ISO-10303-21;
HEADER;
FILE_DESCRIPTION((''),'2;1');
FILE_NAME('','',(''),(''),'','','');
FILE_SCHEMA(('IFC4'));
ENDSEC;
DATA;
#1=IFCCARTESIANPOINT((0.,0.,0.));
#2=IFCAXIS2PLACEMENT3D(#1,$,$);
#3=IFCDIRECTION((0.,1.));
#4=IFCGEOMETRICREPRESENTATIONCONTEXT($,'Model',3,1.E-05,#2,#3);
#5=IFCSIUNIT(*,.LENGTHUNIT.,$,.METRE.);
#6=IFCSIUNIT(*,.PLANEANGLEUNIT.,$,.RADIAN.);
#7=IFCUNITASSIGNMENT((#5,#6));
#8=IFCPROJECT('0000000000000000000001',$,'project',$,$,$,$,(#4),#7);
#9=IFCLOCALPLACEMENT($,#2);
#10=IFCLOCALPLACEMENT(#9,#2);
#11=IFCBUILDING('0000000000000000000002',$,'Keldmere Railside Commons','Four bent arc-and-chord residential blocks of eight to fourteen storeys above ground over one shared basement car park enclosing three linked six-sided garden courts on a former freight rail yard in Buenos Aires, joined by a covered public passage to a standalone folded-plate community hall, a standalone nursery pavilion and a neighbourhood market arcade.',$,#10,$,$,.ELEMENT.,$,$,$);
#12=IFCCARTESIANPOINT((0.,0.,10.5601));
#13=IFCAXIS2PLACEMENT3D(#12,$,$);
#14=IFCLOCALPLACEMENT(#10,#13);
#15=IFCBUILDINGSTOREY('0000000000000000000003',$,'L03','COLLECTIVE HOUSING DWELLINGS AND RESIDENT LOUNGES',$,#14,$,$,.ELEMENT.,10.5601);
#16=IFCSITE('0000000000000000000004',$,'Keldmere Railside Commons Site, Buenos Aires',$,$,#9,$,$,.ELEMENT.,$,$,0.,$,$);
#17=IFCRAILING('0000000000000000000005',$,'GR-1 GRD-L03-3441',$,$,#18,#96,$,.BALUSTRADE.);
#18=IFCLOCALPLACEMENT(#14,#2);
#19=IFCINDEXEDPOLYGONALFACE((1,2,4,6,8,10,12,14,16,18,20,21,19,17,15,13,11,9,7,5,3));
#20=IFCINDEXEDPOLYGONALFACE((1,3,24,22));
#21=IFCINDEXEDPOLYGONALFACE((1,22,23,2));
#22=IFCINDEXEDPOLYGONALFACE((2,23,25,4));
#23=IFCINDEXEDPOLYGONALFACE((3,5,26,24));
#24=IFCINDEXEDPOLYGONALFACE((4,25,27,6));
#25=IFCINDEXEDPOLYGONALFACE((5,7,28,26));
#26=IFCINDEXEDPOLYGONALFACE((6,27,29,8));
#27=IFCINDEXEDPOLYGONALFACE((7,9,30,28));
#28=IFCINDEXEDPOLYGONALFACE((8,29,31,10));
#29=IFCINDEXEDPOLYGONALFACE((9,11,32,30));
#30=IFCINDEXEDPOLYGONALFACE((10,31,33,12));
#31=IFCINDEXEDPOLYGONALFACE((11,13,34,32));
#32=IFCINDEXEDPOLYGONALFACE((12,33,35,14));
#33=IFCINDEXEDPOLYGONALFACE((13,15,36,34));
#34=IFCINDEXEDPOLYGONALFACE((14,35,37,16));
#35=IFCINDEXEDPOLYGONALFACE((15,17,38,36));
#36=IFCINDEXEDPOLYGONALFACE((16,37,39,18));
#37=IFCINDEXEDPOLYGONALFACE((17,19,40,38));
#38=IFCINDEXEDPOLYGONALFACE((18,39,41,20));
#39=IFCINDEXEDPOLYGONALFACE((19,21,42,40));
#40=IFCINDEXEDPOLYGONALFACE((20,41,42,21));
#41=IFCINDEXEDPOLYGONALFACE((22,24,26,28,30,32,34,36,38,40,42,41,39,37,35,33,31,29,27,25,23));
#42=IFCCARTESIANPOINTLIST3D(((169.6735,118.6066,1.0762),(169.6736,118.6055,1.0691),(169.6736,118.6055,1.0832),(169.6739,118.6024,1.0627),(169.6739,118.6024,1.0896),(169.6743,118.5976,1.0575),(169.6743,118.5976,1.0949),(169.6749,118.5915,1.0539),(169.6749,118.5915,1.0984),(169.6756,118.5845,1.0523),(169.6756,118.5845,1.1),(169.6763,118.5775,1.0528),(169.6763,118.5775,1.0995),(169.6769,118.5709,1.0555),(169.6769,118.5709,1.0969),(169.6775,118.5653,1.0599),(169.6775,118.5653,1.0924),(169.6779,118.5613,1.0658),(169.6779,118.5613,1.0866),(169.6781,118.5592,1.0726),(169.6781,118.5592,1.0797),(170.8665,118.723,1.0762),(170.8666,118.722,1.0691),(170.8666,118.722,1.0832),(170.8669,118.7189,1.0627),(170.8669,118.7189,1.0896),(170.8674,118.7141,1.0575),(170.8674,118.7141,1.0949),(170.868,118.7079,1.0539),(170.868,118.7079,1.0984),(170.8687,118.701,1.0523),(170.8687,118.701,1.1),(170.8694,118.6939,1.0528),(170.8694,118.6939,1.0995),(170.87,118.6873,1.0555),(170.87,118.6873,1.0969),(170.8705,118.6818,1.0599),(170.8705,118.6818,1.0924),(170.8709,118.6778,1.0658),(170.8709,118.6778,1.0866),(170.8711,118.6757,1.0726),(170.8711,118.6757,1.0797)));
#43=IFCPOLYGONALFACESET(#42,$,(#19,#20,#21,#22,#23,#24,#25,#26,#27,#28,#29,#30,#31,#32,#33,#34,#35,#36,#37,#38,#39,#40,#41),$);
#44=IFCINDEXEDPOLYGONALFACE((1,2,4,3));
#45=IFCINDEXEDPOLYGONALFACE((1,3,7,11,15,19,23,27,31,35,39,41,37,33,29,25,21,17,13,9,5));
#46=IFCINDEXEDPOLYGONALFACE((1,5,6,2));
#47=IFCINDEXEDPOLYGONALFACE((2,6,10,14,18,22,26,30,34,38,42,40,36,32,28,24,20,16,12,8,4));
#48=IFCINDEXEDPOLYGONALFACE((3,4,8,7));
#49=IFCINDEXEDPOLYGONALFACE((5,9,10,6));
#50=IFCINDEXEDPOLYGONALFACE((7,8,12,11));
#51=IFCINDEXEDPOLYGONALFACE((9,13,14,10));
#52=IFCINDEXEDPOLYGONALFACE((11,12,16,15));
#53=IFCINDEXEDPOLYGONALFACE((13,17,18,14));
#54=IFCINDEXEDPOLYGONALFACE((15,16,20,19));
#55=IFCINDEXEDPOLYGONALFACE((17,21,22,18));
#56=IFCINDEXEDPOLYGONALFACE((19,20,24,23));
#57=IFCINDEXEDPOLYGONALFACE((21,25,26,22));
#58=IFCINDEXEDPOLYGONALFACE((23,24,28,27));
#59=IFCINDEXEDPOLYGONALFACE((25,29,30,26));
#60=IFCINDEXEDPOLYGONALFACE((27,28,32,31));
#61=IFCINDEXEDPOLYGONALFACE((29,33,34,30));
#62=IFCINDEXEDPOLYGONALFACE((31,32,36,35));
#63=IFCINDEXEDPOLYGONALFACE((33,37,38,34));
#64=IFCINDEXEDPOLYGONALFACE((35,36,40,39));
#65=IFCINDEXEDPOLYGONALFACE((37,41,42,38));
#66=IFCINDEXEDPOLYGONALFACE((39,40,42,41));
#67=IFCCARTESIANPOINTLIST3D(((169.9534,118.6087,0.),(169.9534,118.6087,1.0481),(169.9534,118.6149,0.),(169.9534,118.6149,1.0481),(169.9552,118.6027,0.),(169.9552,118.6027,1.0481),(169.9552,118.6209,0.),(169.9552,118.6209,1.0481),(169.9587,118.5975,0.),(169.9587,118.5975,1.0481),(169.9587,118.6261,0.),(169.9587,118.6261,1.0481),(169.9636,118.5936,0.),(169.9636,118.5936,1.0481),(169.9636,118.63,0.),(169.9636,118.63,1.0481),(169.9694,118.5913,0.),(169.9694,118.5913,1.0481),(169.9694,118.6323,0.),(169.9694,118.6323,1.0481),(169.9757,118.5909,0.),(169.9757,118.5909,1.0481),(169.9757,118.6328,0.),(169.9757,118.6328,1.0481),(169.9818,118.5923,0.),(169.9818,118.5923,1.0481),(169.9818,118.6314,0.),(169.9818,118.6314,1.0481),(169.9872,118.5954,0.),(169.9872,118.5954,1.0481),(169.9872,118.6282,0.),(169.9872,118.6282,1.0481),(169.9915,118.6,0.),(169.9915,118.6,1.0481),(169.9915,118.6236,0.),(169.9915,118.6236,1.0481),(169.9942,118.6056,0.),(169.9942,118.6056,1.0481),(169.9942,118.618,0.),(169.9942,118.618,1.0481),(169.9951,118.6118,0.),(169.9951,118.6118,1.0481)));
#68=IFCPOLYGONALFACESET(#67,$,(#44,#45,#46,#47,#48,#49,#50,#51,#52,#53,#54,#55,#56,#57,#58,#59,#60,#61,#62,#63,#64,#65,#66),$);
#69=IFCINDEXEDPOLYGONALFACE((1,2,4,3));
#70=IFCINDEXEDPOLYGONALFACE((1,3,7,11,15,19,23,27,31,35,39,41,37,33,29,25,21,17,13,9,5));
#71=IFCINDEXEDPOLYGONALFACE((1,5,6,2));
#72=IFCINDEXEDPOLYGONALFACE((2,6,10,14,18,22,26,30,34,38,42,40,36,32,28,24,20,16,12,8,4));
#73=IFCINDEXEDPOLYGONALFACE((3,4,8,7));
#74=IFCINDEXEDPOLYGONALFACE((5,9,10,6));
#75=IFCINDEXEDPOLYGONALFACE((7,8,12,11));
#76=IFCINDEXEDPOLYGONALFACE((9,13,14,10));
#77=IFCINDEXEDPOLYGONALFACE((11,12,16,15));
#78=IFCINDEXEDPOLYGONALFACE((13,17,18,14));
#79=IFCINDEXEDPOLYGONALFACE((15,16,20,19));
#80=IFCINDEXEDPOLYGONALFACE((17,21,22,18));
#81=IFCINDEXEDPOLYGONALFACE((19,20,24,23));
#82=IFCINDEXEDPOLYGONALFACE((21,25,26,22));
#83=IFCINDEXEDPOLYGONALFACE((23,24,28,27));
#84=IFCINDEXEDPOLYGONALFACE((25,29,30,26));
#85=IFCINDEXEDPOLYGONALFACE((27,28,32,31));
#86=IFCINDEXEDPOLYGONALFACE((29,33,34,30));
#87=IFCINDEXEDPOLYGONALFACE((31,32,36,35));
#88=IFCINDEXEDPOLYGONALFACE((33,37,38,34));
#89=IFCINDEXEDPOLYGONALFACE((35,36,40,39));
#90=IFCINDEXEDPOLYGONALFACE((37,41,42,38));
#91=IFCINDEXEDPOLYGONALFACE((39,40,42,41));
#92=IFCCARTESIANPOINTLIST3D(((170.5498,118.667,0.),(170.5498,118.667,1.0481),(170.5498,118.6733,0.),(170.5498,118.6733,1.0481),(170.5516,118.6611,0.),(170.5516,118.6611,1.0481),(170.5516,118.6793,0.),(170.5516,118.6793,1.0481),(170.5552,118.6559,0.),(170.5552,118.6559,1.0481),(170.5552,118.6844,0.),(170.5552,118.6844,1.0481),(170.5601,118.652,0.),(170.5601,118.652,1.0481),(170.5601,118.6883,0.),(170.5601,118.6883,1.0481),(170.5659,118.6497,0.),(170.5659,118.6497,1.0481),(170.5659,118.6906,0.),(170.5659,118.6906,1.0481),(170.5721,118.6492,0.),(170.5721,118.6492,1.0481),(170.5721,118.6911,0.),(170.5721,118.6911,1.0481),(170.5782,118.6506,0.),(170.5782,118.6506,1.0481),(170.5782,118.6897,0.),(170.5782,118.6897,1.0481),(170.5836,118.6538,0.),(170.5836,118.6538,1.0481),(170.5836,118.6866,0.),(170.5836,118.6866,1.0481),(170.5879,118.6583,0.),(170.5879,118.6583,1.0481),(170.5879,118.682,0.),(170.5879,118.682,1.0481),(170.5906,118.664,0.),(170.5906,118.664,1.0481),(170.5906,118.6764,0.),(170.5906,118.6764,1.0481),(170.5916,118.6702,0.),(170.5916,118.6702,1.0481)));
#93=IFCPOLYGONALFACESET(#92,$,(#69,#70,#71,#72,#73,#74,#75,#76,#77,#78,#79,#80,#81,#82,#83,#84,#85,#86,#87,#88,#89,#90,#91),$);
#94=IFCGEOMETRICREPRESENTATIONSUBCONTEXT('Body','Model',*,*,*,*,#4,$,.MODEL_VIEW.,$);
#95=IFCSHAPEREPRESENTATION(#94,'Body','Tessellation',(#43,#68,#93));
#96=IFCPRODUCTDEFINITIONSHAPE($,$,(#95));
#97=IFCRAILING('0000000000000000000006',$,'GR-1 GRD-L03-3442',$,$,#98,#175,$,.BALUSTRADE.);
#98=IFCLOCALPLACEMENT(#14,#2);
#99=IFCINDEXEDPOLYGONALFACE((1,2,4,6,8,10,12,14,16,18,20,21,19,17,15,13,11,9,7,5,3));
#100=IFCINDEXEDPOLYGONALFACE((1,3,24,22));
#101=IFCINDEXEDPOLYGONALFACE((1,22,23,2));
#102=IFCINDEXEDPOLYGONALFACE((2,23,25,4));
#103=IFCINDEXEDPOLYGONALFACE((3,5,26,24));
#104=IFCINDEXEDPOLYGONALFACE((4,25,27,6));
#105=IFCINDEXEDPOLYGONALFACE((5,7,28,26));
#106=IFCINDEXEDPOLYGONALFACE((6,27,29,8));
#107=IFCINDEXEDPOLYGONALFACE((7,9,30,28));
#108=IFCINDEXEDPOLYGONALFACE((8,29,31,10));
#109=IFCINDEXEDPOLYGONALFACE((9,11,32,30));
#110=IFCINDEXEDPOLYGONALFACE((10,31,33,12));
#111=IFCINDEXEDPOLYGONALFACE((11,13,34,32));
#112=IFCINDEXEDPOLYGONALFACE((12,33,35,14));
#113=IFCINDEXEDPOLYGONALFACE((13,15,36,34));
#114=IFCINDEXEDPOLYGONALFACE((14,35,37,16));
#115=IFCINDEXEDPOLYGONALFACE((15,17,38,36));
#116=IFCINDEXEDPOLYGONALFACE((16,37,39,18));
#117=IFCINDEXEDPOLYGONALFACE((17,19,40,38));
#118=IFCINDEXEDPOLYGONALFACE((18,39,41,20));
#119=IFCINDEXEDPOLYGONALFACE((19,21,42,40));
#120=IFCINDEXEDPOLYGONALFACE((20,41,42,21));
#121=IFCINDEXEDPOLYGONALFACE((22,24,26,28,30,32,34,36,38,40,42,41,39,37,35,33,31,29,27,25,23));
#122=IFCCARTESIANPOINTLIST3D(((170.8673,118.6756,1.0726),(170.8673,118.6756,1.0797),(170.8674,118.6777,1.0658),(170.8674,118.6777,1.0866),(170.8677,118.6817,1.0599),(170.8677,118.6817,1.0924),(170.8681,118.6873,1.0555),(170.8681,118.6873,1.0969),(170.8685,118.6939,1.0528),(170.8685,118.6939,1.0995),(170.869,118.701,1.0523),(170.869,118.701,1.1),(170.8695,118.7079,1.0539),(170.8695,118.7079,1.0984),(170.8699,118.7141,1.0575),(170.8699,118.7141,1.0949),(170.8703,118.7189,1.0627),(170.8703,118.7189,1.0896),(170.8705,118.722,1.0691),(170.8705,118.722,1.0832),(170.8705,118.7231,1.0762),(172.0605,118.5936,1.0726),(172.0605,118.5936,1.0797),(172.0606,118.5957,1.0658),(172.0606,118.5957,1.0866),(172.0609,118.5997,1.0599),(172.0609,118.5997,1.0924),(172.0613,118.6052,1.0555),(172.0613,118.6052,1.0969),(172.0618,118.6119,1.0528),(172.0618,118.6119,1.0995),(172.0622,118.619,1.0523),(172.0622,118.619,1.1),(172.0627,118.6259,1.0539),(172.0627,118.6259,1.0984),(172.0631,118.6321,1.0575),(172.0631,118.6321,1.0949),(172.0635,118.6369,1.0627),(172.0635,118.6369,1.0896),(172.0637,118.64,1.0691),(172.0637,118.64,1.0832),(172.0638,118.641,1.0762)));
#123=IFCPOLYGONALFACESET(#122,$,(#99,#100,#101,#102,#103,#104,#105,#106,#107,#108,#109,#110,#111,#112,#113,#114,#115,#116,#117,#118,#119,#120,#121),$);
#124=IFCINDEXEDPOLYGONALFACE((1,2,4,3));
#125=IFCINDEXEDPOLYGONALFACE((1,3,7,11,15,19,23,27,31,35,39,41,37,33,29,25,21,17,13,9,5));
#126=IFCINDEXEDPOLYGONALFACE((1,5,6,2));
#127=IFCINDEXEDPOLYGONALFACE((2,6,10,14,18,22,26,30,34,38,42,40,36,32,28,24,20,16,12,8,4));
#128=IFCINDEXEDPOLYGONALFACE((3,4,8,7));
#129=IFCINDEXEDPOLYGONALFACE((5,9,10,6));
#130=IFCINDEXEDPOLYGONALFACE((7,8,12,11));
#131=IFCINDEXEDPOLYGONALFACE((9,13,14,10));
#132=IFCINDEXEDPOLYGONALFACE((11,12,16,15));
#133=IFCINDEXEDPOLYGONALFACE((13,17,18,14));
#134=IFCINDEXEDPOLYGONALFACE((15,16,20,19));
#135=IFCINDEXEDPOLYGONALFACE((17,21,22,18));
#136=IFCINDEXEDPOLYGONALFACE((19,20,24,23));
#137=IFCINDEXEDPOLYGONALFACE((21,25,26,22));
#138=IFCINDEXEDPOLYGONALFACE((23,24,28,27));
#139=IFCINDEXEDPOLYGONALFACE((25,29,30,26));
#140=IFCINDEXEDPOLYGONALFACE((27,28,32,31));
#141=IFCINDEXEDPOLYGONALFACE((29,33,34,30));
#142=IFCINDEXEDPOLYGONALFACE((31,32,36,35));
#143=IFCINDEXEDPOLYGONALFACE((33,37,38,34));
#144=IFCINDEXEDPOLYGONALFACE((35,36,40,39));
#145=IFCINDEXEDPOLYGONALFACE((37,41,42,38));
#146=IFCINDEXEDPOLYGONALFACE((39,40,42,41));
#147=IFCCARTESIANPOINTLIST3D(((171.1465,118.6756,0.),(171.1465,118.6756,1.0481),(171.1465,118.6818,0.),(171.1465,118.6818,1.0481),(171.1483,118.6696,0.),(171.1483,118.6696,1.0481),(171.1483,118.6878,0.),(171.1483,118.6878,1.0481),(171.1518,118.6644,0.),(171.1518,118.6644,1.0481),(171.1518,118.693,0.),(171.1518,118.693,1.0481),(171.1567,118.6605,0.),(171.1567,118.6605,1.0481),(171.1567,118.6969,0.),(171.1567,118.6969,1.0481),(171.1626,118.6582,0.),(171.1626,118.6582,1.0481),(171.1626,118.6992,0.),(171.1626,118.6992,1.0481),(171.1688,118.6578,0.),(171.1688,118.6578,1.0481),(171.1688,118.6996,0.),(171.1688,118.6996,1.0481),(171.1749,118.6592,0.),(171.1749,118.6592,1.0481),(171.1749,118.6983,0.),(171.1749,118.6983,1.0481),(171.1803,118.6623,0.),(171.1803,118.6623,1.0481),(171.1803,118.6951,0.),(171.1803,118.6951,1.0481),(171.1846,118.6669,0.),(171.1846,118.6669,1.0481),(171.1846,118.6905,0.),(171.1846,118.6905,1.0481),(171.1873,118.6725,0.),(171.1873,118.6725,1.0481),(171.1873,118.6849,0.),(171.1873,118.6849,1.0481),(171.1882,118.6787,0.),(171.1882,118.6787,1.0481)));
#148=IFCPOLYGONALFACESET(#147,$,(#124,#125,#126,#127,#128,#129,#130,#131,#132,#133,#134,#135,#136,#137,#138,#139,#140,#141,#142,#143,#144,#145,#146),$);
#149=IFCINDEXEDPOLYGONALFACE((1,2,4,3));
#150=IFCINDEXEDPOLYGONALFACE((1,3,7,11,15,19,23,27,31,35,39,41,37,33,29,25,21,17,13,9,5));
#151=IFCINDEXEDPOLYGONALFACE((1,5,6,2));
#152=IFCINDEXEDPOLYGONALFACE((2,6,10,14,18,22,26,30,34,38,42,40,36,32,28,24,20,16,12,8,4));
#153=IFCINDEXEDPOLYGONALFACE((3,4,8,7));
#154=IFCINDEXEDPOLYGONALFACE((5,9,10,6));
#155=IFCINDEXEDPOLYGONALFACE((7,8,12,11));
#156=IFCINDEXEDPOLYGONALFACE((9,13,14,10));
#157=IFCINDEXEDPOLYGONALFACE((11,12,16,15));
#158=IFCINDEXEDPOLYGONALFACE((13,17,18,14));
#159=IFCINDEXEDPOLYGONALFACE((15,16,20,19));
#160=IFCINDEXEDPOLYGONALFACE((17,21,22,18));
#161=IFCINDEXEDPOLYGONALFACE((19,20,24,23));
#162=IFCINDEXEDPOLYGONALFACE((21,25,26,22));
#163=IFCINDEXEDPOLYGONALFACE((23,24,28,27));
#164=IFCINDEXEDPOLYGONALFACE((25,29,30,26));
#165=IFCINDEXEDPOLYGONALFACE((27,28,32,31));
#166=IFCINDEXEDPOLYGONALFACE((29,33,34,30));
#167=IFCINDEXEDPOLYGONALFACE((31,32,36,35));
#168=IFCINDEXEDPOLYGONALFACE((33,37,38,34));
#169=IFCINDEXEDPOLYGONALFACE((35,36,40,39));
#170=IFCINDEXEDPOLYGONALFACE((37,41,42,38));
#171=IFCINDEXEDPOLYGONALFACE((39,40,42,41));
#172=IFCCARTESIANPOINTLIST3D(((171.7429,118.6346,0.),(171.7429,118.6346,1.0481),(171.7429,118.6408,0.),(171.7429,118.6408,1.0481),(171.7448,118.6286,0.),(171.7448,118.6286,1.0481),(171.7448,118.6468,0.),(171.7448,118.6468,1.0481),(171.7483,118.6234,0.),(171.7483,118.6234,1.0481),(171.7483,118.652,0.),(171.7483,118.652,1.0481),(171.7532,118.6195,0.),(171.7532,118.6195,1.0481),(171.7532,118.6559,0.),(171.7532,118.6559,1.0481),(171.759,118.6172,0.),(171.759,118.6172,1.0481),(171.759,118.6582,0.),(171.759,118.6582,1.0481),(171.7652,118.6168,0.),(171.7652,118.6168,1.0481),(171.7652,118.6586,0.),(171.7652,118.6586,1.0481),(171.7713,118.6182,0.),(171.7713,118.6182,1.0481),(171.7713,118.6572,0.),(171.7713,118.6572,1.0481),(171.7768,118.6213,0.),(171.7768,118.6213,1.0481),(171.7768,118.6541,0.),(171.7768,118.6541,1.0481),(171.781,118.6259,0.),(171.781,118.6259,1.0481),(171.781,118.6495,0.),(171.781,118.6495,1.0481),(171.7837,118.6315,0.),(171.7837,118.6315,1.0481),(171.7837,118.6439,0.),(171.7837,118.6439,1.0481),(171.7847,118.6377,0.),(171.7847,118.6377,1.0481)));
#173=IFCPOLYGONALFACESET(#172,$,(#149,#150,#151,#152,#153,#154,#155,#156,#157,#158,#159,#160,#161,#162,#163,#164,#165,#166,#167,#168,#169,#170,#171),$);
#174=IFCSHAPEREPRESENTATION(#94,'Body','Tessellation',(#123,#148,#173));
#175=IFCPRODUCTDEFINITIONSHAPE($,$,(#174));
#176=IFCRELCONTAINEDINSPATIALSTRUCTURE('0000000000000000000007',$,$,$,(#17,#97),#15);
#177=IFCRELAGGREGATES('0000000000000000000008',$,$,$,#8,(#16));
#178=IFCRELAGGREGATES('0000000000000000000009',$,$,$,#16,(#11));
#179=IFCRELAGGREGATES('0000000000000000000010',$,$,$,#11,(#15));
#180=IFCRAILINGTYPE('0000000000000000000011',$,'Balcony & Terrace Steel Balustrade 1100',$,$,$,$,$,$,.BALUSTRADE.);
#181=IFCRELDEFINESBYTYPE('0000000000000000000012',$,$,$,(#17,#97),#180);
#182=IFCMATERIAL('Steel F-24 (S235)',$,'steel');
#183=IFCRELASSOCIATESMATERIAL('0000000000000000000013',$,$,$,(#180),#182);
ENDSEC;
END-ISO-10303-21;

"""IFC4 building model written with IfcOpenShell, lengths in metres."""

from ifc_helpers import new_model, si_unit, direction, frame, origin, origin_2d, place, context, subcontext, project, spatial, circle, extrude, material, type_object, element, save


model = new_model("IFC4")

# Units and contexts
model_context = context("Model", 3, precision=1e-05, world=origin(), true_north=direction((0.0, 1.0)))
body_context = subcontext(model_context, "Body", "Model", "MODEL_VIEW")
ifc_project = project(units=[si_unit("LENGTHUNIT", "METRE"), si_unit("PLANEANGLEUNIT", "RADIAN")], contexts=[model_context])

# Site, building, storey
site_placement = place(None, origin())
site = spatial("IfcSite", under=ifc_project, at=site_placement, Name="Keldmere Railside Commons Site, Buenos Aires", CompositionType="ELEMENT", RefElevation=0.0)
building_placement = place(site_placement, origin())
building = spatial("IfcBuilding", under=site, at=building_placement, Name="Keldmere Railside Commons", Description="Four bent arc-and-chord residential blocks of eight to fourteen storeys above ground over one shared basement car park enclosing three linked six-sided garden courts on a former freight rail yard in Buenos Aires, joined by a covered public passage to a standalone folded-plate community hall, a standalone nursery pavilion and a neighbourhood market arcade.", CompositionType="ELEMENT")
storey_placement = place(building_placement, frame((0.0, 0.0, 10.5601)))
storey = spatial("IfcBuildingStorey", under=building, at=storey_placement, Name="L03", Description="COLLECTIVE HOUSING DWELLINGS AND RESIDENT LOUNGES", CompositionType="ELEMENT", Elevation=10.5601)

# Railings
ifc_material_1 = material(Name="Steel F-24 (S235)", Category="steel")
railing_type = type_object("IfcRailingType", Name="Balcony & Terrace Steel Balustrade 1100", PredefinedType="BALUSTRADE", material=ifc_material_1)
railing_1_placement = place(storey_placement, frame((169.6758, 118.5828, 0.0)))
element("IfcRailing", 1, at=railing_1_placement, inside=storey, type_object=railing_type, Name="GR-1 GRD-L03-3441", PredefinedType="BALUSTRADE", context=body_context, shape_type="SweptSolid", body=[
    extrude(circle(Radius=0.0239, at=origin_2d()), frame((0.0, 0.0, 1.0762), z_axis=(0.99527, 0.097144, 0.0), x_axis=(-0.097144, 0.99527, 0.0)), (0.0, 0.0, 1.0), 1.1987),
    extrude(circle(Radius=0.021, at=origin_2d()), frame((0.2983, 0.0291, 0.0)), (0.0, 0.0, 1.0), 1.0481),
    extrude(circle(Radius=0.021, at=origin_2d()), frame((0.8948, 0.0874, 0.0)), (0.0, 0.0, 1.0), 1.0481),
])
railing_2_placement = place(storey_placement, frame((170.8689, 118.6992, 0.0)))
element("IfcRailing", 2, at=railing_2_placement, inside=storey, type_object=railing_type, Name="GR-1 GRD-L03-3442", PredefinedType="BALUSTRADE", context=body_context, shape_type="SweptSolid", body=[
    extrude(circle(Radius=0.0239, at=origin_2d()), frame((0.0, 0.0, 1.0762), z_axis=(0.997645, -0.068592, 0.0), x_axis=(0.068592, 0.997645, 0.0)), (0.0, 0.0, 1.0), 1.196),
    extrude(circle(Radius=0.021, at=origin_2d()), frame((0.2983, -0.0205, 0.0)), (0.0, 0.0, 1.0), 1.0481),
    extrude(circle(Radius=0.021, at=origin_2d()), frame((0.8948, -0.0615, 0.0)), (0.0, 0.0, 1.0), 1.0481),
])

save(model, "model.ifc")
